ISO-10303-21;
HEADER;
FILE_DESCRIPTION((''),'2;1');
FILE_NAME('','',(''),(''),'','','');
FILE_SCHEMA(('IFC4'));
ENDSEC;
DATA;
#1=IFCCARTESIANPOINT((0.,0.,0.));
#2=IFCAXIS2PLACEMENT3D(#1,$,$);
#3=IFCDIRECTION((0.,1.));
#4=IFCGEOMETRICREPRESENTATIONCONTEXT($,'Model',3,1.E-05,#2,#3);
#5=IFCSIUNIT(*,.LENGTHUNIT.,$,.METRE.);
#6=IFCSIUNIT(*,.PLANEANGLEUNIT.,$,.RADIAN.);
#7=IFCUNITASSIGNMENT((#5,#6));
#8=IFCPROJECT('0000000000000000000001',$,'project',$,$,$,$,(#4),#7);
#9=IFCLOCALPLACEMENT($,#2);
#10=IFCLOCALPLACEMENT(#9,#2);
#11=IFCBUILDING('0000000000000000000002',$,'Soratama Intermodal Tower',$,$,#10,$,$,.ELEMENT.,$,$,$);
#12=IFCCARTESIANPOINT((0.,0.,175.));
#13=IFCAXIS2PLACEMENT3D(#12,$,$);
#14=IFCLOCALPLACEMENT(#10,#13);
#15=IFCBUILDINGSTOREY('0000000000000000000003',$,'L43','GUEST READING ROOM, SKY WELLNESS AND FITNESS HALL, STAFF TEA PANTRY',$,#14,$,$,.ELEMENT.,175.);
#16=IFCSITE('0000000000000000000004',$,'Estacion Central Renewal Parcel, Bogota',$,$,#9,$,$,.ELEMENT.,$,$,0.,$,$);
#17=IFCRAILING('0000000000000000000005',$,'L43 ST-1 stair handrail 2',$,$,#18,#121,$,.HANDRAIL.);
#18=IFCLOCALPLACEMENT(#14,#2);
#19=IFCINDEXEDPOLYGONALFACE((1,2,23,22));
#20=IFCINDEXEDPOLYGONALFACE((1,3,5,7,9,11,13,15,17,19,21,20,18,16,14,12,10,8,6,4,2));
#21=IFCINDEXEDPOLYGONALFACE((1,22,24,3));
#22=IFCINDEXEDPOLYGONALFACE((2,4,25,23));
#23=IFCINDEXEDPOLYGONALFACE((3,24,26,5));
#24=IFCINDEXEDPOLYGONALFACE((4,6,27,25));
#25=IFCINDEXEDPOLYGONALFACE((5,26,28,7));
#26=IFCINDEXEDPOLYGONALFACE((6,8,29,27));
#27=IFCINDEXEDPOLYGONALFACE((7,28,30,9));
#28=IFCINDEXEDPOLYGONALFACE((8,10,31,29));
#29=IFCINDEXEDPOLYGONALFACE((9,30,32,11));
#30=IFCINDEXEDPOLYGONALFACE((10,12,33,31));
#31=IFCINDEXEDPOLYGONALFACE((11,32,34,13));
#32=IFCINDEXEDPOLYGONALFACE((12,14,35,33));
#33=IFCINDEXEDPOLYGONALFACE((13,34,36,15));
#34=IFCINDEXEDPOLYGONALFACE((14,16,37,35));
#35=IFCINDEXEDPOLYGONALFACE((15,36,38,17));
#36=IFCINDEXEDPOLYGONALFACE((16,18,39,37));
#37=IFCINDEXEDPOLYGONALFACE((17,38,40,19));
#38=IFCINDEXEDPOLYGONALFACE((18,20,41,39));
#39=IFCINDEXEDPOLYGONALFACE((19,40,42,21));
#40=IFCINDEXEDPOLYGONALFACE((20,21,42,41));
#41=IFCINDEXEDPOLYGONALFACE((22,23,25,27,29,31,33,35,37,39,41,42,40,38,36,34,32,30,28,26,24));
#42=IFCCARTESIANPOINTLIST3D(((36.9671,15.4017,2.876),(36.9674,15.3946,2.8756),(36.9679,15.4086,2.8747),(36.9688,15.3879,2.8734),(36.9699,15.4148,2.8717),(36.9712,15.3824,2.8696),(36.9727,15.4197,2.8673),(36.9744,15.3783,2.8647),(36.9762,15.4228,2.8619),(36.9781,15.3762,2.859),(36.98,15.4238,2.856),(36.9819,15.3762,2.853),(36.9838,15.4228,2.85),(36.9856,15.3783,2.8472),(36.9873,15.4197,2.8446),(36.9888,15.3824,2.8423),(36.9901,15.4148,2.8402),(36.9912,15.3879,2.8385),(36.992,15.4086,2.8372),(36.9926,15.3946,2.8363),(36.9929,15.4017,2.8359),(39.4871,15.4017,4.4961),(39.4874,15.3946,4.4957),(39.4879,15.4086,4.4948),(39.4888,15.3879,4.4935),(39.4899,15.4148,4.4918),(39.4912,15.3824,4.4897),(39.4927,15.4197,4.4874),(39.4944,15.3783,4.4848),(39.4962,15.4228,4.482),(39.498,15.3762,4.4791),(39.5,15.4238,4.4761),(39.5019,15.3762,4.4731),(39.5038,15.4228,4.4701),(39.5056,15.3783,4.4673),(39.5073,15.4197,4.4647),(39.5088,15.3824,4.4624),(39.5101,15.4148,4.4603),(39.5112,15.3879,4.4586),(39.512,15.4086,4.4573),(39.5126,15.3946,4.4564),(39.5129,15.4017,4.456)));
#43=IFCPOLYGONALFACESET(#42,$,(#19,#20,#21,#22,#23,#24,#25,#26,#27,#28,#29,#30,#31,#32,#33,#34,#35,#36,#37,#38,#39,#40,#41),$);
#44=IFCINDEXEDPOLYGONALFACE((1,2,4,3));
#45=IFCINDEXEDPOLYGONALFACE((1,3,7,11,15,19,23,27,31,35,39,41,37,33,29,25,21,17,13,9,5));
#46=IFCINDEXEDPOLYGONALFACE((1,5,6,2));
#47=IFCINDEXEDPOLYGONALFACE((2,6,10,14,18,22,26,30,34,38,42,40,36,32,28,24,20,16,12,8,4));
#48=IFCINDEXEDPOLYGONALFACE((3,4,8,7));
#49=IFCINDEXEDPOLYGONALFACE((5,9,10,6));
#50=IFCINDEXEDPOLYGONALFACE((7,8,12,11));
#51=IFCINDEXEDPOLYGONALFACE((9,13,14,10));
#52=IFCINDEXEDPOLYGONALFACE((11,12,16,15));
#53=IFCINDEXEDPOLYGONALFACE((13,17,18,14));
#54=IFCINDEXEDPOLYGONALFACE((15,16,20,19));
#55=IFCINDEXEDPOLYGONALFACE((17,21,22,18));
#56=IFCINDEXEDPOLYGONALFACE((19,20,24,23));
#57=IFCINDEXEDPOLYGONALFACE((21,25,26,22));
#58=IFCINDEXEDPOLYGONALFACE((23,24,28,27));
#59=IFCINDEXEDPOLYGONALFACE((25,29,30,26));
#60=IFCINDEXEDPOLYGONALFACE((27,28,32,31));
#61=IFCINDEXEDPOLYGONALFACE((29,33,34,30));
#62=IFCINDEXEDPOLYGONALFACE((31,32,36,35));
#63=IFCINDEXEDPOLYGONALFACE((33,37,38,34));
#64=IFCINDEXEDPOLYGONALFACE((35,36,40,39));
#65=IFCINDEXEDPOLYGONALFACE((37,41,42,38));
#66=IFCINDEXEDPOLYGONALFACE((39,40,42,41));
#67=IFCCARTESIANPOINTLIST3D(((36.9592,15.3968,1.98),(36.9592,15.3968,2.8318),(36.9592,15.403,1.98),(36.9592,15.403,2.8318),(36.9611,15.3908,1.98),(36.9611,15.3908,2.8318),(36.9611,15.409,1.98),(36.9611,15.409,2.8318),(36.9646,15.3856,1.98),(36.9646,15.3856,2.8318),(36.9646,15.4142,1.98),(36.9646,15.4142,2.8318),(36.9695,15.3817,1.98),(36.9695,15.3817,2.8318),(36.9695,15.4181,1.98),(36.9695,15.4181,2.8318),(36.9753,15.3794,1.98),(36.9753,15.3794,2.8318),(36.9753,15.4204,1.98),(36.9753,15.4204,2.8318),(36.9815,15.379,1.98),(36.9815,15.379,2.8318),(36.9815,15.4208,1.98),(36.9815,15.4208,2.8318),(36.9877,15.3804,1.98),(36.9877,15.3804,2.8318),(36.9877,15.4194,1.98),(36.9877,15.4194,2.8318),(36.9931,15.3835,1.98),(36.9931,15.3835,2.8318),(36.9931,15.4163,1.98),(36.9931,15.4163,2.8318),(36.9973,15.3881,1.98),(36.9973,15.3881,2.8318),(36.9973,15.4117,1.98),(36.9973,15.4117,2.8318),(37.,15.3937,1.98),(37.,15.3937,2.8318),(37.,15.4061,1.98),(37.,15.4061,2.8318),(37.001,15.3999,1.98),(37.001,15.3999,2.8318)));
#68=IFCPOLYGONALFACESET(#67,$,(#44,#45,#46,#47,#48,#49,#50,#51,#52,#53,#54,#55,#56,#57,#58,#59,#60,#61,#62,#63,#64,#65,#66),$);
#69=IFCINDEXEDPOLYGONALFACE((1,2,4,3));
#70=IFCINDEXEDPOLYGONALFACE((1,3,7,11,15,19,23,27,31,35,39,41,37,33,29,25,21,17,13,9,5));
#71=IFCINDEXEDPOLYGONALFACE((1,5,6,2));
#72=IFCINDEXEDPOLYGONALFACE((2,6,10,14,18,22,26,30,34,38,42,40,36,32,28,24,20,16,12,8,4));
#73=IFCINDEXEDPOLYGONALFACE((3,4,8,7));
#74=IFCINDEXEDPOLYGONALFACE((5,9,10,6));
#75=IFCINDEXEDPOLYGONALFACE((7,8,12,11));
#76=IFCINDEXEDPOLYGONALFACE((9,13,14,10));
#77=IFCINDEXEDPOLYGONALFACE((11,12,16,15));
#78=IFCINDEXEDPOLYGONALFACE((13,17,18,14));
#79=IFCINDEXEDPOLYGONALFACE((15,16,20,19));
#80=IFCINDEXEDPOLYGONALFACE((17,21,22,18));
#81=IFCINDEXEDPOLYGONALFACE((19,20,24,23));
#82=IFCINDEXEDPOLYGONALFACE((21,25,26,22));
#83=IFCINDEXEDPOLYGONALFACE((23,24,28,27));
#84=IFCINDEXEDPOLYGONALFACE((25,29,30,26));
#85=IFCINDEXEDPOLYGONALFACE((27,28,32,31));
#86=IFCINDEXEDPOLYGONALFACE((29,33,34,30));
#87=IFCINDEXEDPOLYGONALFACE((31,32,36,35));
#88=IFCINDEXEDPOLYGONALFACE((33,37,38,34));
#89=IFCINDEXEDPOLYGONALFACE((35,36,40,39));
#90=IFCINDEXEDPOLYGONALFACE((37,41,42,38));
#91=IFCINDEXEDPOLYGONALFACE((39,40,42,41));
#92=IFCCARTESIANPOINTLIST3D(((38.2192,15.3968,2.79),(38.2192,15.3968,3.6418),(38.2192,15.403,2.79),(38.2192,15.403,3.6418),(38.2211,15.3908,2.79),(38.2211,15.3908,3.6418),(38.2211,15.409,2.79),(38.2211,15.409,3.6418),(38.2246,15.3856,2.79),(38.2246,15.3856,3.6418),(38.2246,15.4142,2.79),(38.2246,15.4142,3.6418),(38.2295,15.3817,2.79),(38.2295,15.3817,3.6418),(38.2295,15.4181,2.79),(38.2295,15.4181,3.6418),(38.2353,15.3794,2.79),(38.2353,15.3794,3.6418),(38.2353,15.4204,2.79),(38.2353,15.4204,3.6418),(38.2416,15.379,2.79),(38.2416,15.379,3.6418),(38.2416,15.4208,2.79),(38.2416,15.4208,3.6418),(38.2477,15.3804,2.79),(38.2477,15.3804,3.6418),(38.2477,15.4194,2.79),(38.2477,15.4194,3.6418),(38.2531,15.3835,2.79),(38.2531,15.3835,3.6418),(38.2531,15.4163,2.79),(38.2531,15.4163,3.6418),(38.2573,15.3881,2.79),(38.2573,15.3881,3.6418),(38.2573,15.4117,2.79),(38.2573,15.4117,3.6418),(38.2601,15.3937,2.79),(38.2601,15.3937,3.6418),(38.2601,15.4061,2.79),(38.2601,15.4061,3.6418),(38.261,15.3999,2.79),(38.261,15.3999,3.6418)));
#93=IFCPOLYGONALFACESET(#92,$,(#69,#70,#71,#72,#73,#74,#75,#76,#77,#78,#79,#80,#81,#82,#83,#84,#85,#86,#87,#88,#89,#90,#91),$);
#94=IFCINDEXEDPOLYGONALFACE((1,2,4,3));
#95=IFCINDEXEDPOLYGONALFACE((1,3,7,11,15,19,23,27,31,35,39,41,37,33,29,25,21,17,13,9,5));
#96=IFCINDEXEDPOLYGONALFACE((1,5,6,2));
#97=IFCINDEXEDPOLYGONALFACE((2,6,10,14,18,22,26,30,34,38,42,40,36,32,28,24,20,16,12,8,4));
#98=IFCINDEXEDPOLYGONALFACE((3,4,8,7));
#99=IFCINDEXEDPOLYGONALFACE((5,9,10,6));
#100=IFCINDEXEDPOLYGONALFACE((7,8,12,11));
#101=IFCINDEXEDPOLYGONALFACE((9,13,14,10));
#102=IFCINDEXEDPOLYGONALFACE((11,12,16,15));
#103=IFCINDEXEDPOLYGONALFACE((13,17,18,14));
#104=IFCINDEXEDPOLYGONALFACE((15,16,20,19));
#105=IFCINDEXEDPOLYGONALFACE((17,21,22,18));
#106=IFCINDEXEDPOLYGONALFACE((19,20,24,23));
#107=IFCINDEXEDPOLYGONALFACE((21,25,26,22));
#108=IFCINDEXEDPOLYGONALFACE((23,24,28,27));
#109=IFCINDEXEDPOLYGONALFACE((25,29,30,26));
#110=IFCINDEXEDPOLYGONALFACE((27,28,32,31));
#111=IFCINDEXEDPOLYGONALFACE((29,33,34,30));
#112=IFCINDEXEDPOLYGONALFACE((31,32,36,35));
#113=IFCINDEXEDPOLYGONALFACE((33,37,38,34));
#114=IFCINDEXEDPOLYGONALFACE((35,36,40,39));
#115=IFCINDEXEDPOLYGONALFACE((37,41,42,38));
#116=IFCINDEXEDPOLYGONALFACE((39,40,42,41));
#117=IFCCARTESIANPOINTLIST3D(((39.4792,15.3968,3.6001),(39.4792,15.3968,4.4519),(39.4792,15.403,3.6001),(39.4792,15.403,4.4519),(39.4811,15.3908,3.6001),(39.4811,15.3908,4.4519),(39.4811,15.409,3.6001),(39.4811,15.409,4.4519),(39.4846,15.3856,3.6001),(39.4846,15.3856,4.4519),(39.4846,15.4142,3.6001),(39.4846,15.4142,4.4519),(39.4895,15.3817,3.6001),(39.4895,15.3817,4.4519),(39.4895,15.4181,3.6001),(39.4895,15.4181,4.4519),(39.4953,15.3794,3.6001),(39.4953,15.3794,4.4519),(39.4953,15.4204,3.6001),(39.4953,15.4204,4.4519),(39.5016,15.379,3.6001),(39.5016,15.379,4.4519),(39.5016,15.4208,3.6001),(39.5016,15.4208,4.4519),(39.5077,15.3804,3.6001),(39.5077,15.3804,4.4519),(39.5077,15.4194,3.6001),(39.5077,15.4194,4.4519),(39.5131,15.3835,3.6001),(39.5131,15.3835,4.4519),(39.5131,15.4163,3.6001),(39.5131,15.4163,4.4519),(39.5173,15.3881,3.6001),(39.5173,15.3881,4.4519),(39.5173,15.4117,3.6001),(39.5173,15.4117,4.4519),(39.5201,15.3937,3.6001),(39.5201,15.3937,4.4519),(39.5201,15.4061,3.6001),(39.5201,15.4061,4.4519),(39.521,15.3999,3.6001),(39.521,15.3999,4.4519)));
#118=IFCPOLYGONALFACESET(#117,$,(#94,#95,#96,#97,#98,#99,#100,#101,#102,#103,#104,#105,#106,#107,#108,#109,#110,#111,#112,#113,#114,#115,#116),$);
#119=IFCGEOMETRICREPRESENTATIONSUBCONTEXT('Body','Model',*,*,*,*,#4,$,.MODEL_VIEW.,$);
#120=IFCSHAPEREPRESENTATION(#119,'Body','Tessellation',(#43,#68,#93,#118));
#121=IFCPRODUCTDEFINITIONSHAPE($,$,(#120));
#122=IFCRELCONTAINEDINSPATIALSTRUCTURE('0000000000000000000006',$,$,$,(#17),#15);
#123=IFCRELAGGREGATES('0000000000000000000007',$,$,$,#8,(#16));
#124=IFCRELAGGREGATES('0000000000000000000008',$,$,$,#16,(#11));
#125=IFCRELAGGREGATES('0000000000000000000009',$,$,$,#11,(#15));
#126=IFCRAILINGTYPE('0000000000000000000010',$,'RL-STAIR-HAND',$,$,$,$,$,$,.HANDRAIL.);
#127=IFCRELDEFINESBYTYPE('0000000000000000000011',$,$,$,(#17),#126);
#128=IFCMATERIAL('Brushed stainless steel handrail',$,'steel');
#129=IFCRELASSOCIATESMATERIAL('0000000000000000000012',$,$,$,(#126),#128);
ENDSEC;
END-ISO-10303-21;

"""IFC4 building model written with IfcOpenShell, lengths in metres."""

from ifc_helpers import new_model, si_unit, direction, frame, origin, origin_2d, place, context, subcontext, project, spatial, circle, extrude, material, type_object, element, save


model = new_model("IFC4")

# Units and contexts
model_context = context("Model", 3, precision=1e-05, world=origin(), true_north=direction((0.0, 1.0)))
body_context = subcontext(model_context, "Body", "Model", "MODEL_VIEW")
ifc_project = project(units=[si_unit("LENGTHUNIT", "METRE"), si_unit("PLANEANGLEUNIT", "RADIAN")], contexts=[model_context])

# Site, building, storey
site_placement = place(None, origin())
site = spatial("IfcSite", under=ifc_project, at=site_placement, Name="Estacion Central Renewal Parcel, Bogota", CompositionType="ELEMENT", RefElevation=0.0)
building_placement = place(site_placement, origin())
building = spatial("IfcBuilding", under=site, at=building_placement, Name="Soratama Intermodal Tower", CompositionType="ELEMENT")
storey_placement = place(building_placement, frame((0.0, 0.0, 175.0)))
storey = spatial("IfcBuildingStorey", under=building, at=storey_placement, Name="L43", Description="GUEST READING ROOM, SKY WELLNESS AND FITNESS HALL, STAFF TEA PANTRY", CompositionType="ELEMENT", Elevation=175.0)

# Railing
ifc_material_1 = material(Name="Brushed stainless steel handrail", Category="steel")
railing_type_1 = type_object("IfcRailingType", Name="RL-STAIR-HAND", PredefinedType="HANDRAIL", material=ifc_material_1)
railing_1_placement = place(storey_placement, frame((36.98, 15.3999, 1.98)))
element("IfcRailing", 1, at=railing_1_placement, inside=storey, type_object=railing_type_1, Name="L43 ST-1 stair handrail 2", PredefinedType="HANDRAIL", context=body_context, shape_type="SweptSolid", body=[
    extrude(circle(Radius=0.0239, at=origin_2d()), frame((0.0, 0.0, 0.876), z_axis=(0.841163, 0.0, 0.540782), x_axis=(0.0, 1.0, 0.0)), (0.0, 0.0, 1.0), 2.9958),
    extrude(circle(Radius=0.021, at=origin_2d()), origin(), (0.0, 0.0, 1.0), 0.8518),
    extrude(circle(Radius=0.021, at=origin_2d()), frame((1.26, 0.0, 0.8101)), (0.0, 0.0, 1.0), 0.8518),
    extrude(circle(Radius=0.021, at=origin_2d()), frame((2.52, 0.0, 1.6201)), (0.0, 0.0, 1.0), 0.8518),
])

save(model, "model.ifc")
